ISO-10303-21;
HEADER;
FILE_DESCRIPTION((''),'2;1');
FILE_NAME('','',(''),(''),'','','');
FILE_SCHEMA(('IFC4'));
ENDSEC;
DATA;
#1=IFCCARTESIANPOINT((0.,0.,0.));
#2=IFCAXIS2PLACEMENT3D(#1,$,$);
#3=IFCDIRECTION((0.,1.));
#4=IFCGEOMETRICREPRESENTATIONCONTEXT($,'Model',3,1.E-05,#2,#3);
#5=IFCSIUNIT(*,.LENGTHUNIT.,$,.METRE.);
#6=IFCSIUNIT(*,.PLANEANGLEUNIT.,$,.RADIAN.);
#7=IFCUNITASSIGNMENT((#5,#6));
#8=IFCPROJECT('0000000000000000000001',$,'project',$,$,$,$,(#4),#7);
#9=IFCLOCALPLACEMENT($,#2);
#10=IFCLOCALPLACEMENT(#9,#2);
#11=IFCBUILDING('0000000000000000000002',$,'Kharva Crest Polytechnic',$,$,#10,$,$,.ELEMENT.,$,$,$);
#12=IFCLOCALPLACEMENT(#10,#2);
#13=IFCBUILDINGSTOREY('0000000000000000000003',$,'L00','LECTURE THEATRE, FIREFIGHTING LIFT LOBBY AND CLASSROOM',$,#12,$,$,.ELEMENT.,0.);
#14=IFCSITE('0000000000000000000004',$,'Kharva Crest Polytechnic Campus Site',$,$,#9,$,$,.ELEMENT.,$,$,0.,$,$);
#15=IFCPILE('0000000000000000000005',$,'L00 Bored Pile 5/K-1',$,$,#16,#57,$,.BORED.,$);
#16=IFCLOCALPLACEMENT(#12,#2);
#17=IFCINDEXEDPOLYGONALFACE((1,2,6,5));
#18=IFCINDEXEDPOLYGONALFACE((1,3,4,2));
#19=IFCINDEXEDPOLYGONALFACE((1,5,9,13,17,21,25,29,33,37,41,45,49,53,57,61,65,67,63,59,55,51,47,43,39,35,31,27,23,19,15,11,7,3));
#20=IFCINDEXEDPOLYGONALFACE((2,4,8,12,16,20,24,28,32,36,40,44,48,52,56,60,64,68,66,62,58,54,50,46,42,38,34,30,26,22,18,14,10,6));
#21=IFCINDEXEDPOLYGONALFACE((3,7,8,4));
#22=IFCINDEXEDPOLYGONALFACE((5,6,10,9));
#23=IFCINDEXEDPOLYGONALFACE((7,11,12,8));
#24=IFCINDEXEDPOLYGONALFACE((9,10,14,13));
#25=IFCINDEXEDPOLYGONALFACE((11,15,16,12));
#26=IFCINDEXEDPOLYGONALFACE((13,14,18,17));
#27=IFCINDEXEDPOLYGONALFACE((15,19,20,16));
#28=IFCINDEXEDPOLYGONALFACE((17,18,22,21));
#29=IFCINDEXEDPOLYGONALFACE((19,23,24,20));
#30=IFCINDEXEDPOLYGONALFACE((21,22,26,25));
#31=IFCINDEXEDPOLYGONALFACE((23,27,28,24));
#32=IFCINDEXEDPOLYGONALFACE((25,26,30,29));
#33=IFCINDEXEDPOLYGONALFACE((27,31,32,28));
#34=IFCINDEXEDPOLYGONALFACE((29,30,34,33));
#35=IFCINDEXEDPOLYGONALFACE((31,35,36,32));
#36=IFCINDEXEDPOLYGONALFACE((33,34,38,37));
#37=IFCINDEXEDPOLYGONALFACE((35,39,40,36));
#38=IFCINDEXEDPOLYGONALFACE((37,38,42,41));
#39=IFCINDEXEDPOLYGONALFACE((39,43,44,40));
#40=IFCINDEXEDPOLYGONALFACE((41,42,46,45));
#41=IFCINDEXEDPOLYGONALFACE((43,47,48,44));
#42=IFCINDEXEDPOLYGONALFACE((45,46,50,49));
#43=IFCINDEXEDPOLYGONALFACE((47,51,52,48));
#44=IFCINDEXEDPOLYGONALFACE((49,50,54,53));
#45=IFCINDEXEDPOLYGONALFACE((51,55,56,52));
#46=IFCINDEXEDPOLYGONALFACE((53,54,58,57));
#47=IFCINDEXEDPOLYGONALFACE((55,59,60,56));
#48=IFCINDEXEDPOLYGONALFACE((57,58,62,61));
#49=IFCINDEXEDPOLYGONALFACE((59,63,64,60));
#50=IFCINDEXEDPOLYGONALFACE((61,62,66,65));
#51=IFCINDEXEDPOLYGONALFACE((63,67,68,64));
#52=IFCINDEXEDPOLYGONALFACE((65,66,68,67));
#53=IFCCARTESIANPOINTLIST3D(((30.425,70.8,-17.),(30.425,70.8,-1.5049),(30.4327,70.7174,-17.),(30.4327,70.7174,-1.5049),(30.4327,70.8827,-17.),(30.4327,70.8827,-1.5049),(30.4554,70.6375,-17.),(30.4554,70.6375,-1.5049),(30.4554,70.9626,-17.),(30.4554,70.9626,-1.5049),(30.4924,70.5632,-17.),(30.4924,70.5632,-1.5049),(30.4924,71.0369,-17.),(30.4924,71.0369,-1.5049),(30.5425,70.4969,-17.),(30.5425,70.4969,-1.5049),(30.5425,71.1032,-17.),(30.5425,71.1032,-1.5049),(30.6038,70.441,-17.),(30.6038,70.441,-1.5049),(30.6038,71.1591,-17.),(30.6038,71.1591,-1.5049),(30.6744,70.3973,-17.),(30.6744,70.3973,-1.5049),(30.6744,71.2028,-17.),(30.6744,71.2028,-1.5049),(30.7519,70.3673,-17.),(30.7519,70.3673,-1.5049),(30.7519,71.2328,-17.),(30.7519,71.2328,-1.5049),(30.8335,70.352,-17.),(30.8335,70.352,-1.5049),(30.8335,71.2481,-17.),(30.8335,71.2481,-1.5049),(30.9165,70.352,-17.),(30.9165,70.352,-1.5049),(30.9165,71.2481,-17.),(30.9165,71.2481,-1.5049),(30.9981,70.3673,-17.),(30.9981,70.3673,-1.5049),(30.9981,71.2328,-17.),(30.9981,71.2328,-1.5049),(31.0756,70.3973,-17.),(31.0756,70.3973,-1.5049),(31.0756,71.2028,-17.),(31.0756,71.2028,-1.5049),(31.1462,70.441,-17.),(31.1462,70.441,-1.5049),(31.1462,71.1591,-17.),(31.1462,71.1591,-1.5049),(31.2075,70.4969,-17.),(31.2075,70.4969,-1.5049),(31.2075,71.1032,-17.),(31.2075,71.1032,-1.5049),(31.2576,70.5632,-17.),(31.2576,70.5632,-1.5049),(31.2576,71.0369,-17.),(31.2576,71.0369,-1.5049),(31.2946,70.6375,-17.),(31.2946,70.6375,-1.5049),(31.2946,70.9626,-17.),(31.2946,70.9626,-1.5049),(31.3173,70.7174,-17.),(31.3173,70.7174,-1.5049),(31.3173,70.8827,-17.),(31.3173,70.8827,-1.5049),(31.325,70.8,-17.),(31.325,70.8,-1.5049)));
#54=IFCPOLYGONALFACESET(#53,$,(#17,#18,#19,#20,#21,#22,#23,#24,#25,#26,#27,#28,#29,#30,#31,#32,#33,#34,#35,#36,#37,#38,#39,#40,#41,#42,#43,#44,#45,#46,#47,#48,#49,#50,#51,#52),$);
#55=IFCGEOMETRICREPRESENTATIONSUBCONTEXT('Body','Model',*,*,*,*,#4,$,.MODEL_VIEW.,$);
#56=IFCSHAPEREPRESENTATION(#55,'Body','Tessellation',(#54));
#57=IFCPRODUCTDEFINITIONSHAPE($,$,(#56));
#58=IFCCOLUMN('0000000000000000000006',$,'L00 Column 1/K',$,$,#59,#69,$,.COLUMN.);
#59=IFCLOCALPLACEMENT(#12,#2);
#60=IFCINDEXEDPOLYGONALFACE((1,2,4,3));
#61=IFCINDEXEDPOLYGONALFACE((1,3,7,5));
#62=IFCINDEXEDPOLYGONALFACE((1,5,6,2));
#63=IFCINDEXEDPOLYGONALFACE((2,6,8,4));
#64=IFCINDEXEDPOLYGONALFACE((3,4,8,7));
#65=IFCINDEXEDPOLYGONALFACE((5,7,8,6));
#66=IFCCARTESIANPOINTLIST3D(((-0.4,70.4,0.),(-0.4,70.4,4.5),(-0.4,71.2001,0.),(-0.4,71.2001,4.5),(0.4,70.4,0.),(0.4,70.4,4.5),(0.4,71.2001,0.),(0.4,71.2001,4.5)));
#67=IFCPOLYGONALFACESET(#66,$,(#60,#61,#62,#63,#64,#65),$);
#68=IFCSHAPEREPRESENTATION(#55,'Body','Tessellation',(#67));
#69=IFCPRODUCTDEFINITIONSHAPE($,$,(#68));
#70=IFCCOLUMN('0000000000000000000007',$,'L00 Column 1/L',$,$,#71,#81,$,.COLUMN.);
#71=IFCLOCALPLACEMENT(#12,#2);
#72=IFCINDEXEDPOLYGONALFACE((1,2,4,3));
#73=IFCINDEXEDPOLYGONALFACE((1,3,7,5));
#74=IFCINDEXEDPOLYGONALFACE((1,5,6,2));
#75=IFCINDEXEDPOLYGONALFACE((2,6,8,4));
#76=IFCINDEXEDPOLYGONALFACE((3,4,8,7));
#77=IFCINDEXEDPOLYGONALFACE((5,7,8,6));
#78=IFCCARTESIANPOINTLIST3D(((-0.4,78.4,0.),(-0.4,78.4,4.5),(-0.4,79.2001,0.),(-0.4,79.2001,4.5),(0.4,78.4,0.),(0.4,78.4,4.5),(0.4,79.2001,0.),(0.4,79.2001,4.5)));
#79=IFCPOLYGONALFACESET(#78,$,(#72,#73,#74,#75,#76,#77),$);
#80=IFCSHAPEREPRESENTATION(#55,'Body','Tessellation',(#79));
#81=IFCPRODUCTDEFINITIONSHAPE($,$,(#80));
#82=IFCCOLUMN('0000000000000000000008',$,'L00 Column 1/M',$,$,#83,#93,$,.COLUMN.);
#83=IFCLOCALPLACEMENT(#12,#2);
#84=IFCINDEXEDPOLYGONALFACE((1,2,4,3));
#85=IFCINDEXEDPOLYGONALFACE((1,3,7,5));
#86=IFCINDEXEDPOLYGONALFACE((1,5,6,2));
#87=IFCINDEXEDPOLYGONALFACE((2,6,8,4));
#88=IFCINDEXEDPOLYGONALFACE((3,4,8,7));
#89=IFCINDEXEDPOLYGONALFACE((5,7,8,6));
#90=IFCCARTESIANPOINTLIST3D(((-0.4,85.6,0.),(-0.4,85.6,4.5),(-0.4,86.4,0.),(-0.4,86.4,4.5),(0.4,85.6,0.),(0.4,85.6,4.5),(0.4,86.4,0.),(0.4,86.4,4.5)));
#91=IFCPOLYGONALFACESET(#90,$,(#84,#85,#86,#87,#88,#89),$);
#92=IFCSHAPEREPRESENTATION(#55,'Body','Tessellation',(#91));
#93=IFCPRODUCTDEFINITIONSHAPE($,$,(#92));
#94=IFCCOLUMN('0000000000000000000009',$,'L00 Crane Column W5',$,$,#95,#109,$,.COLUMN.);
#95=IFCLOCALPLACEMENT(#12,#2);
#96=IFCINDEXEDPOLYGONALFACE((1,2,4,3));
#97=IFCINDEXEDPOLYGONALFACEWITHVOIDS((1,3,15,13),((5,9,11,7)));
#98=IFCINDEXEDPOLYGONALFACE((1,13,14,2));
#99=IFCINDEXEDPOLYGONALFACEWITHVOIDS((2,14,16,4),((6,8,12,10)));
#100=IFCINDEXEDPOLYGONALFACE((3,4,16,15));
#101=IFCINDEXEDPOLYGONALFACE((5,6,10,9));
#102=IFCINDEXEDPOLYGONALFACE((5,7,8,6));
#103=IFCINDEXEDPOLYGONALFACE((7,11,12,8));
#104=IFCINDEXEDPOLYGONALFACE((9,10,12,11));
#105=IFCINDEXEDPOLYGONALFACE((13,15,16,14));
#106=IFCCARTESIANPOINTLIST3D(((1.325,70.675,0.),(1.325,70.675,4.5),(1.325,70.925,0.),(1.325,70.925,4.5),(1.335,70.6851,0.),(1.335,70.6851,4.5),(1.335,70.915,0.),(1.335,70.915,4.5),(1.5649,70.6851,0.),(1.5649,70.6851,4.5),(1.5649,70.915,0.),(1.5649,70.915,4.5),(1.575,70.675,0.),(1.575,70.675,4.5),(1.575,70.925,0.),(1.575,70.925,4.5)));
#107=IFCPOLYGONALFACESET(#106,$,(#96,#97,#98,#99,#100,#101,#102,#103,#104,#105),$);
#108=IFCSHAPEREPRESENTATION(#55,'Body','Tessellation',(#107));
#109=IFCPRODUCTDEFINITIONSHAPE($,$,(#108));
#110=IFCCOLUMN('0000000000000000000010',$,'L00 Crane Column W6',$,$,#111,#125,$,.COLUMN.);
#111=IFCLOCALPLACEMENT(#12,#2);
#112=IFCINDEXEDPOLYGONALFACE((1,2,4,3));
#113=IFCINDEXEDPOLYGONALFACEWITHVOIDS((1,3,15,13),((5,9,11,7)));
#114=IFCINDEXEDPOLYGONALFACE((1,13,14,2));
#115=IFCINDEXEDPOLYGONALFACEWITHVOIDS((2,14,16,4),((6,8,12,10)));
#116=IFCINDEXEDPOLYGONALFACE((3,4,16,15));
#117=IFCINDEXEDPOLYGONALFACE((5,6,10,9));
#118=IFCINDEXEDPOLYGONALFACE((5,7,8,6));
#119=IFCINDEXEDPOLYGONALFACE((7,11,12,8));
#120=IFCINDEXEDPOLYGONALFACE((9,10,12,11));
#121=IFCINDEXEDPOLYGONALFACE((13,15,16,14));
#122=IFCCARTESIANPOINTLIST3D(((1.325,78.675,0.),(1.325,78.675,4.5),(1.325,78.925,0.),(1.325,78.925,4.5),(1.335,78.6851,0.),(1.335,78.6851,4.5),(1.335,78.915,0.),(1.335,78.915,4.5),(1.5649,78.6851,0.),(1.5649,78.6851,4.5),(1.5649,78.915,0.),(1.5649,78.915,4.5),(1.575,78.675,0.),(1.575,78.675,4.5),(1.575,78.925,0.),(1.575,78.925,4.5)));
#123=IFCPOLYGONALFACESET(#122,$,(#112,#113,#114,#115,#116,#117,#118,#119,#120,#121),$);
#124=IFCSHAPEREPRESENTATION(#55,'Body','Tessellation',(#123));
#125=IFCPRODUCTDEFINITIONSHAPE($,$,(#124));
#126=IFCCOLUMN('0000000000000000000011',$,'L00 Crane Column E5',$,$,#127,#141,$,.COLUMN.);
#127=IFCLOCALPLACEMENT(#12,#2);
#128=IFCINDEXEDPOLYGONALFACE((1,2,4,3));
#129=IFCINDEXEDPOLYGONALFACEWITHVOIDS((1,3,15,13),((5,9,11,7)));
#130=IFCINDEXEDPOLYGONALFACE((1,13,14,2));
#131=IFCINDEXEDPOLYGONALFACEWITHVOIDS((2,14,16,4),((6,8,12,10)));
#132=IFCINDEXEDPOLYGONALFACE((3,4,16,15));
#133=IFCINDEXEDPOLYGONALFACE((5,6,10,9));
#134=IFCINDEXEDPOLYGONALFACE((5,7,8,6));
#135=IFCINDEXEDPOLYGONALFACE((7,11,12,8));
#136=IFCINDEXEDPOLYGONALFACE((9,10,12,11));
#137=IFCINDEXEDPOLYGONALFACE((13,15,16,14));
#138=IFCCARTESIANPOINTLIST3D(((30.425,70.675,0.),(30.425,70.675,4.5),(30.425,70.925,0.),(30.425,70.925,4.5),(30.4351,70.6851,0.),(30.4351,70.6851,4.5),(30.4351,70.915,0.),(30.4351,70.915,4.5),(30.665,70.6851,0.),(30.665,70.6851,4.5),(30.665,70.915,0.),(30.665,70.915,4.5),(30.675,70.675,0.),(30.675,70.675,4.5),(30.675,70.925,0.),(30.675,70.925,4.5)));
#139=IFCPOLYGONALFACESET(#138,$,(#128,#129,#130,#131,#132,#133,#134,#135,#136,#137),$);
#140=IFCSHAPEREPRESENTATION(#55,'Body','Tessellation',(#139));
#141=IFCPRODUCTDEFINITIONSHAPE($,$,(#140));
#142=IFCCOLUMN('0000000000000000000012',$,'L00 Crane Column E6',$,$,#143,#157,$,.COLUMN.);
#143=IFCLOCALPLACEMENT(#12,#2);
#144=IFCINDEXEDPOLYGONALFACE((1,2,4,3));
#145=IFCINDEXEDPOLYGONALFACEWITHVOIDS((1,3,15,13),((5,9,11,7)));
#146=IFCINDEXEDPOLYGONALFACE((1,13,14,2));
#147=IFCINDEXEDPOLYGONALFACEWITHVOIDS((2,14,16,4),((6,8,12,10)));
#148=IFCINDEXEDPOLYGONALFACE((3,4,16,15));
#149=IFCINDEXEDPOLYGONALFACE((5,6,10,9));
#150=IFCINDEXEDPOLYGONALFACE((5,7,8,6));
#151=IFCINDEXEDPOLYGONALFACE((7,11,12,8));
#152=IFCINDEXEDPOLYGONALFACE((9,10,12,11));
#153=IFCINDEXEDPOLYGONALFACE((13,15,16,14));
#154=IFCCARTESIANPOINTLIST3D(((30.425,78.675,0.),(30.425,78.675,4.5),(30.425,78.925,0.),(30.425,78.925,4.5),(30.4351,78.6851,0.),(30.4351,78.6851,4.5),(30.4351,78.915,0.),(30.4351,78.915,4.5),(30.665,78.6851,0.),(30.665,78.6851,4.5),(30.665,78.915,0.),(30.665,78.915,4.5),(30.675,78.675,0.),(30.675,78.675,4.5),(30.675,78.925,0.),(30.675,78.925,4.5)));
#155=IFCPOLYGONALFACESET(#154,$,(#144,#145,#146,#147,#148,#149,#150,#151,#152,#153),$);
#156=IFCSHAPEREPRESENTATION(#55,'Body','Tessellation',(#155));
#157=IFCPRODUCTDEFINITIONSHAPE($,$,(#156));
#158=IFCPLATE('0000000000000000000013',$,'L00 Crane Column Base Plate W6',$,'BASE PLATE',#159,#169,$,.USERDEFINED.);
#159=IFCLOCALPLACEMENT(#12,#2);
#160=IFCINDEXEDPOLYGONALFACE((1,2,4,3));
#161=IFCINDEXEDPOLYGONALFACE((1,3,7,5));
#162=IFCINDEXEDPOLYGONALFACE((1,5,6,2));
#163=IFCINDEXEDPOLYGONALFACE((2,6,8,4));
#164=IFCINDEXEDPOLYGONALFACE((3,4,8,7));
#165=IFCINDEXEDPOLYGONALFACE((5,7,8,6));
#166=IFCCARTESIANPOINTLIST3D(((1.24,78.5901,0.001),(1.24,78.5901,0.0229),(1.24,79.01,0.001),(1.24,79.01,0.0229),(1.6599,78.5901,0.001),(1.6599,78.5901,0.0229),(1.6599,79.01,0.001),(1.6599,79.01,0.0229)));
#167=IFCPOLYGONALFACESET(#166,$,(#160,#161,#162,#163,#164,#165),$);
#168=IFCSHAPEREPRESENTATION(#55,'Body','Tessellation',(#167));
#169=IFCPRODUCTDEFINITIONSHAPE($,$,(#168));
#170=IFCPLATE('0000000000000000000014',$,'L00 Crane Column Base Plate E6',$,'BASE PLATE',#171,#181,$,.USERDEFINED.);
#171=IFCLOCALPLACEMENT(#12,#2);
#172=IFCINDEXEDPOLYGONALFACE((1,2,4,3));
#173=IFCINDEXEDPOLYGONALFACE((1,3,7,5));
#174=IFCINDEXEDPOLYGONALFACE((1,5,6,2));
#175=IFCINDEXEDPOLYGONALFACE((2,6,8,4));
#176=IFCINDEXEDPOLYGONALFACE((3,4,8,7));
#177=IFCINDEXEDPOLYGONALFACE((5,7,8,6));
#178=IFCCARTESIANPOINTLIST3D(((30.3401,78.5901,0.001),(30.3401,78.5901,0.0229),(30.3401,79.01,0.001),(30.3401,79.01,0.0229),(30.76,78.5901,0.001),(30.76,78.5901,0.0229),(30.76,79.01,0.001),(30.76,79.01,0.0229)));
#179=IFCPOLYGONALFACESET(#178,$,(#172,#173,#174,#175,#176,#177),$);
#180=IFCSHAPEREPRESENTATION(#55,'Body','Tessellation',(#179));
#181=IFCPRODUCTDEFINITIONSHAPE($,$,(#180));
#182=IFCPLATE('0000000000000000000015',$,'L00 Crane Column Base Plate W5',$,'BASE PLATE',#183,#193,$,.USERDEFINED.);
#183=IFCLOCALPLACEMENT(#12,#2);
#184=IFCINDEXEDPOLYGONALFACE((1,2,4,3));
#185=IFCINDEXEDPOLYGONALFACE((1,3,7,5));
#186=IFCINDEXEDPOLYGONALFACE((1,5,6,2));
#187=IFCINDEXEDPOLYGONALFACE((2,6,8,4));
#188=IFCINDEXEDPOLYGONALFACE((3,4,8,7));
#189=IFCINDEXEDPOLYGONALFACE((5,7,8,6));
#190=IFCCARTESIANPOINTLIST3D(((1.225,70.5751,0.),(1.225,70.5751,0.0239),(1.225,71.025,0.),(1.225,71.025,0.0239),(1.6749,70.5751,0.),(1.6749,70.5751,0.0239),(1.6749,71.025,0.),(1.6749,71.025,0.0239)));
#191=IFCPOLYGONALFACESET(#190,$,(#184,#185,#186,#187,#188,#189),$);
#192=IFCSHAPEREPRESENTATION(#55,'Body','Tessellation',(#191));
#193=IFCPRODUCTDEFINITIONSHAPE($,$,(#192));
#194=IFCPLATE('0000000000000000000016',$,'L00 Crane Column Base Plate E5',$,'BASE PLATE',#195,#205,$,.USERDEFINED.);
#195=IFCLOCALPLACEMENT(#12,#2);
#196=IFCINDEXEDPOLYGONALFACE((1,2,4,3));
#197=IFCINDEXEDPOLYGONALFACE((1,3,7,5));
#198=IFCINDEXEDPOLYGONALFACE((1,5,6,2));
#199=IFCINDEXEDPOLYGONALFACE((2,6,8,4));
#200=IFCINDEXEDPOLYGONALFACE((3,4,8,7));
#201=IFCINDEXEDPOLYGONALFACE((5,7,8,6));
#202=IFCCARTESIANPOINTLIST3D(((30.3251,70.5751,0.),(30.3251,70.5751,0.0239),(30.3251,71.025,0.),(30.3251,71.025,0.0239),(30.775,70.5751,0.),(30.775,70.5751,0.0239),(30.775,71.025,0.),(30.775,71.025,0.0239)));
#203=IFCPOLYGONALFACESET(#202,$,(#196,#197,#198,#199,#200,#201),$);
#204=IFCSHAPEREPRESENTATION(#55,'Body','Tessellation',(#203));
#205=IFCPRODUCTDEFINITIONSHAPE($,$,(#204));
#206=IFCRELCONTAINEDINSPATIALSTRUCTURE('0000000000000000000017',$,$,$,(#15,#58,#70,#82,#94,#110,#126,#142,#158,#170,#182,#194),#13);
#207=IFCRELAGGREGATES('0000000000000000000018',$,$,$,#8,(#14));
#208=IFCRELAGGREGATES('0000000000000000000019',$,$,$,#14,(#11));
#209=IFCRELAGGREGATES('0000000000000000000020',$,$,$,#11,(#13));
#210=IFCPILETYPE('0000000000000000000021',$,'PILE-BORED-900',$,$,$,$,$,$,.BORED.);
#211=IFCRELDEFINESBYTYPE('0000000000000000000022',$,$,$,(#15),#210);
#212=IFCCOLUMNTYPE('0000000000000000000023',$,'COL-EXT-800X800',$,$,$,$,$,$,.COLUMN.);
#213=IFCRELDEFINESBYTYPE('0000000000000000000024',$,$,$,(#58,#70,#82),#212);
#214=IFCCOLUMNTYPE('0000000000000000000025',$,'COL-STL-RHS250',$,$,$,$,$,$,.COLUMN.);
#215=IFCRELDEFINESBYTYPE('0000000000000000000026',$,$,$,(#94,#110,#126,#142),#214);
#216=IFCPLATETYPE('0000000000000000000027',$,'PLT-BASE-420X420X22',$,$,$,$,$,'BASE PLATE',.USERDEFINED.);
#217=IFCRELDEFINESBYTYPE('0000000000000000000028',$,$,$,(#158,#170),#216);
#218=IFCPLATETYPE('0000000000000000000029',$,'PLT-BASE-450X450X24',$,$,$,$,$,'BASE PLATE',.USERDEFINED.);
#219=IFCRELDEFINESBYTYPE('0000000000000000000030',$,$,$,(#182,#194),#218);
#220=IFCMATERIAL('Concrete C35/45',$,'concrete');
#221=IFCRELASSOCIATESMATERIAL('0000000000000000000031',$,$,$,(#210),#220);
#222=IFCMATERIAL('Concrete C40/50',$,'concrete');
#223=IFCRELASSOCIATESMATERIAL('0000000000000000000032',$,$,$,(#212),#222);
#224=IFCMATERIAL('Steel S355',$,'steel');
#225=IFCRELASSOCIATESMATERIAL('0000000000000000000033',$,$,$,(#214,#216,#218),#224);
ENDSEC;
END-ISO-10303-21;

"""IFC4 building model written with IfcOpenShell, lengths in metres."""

from ifc_helpers import new_model, si_unit, direction, frame, origin, origin_2d, place, context, subcontext, project, spatial, rectangle, hollow_rectangle, circle, extrude, material, material_profile, profile_set, type_object, element, save


model = new_model("IFC4")

# Units and contexts
model_context = context("Model", 3, precision=1e-05, world=origin(), true_north=direction((0.0, 1.0)))
body_context = subcontext(model_context, "Body", "Model", "MODEL_VIEW")
ifc_project = project(units=[si_unit("LENGTHUNIT", "METRE"), si_unit("PLANEANGLEUNIT", "RADIAN")], contexts=[model_context])

# Site, building, storey
site_placement = place(None, origin())
site = spatial("IfcSite", under=ifc_project, at=site_placement, Name="Kharva Crest Polytechnic Campus Site", CompositionType="ELEMENT", RefElevation=0.0)
building_placement = place(site_placement, origin())
building = spatial("IfcBuilding", under=site, at=building_placement, Name="Kharva Crest Polytechnic", CompositionType="ELEMENT")
storey_placement = place(building_placement, origin())
storey = spatial("IfcBuildingStorey", under=building, at=storey_placement, Name="L00", Description="LECTURE THEATRE, FIREFIGHTING LIFT LOBBY AND CLASSROOM", CompositionType="ELEMENT", Elevation=0.0)

# Shared definitions
ifc_material_1 = material(Name="Concrete C35/45", Category="concrete")

# Pile
ifc_material_profile_1 = material_profile(ifc_material_1, circle(Radius=0.45, at=origin_2d()), Name="DIA 900")
ifc_profile_set_1 = profile_set([ifc_material_profile_1], Name="Concrete C35/45")
pile_type_1 = type_object("IfcPileType", Name="PILE-BORED-900", PredefinedType="BORED", material=ifc_profile_set_1)
pile_placement = place(storey_placement, frame((30.875, 70.8, -1.5049), z_axis=(0.0, 0.0, -1.0), x_axis=(1.0, 0.0, 0.0)))
element("IfcPile", 1, at=pile_placement, inside=storey, type_object=pile_type_1, Name="L00 Bored Pile 5/K-1", PredefinedType="BORED", context=body_context, shape_type="SweptSolid", body=[
    extrude(circle(Radius=0.45, at=origin_2d()), origin(), (0.0, 0.0, 1.0), 15.4951),
])

# Columns
ifc_material_2 = material(Name="Concrete C40/50", Category="concrete")
ifc_material_profile_2 = material_profile(ifc_material_2, rectangle(XDim=0.8, YDim=0.8, at=origin_2d()), Name="RECT 800 X 800")
ifc_profile_set_2 = profile_set([ifc_material_profile_2], Name="Concrete C40/50")
column_type_1 = type_object("IfcColumnType", Name="COL-EXT-800X800", PredefinedType="COLUMN", material=ifc_profile_set_2)
for number, where, z_axis, x_axis, name in (
    (2, (0.0, 70.8, 0.0), (0.0, 0.0, 1.0), (1.0, 0.0, 0.0), "L00 Column 1/K"),
    (3, (0.0, 78.8, 0.0), (0.0, 0.0, 1.0), (1.0, 0.0, 0.0), "L00 Column 1/L"),
    (4, (0.0, 86.0, 0.0), (0.0, 0.0, 1.0), (1.0, 0.0, 0.0), "L00 Column 1/M"),
):
    element("IfcColumn", number, at=place(storey_placement, frame(where, z_axis=z_axis, x_axis=x_axis)), inside=storey, type_object=column_type_1, Name=name, PredefinedType="COLUMN", context=body_context, shape_type="SweptSolid", body=[
        extrude(rectangle(XDim=0.8, YDim=0.8, at=origin_2d()), origin(), (0.0, 0.0, 1.0), 4.5),
    ])
ifc_material_3 = material(Name="Steel S355", Category="steel")
ifc_material_profile_3 = material_profile(ifc_material_3, hollow_rectangle(XDim=0.25, YDim=0.25, WallThickness=0.01, at=origin_2d()), Name="RHS 250X250X10.0")
ifc_profile_set_3 = profile_set([ifc_material_profile_3], Name="Steel S355")
column_type_2 = type_object("IfcColumnType", Name="COL-STL-RHS250", PredefinedType="COLUMN", material=ifc_profile_set_3)
for number, where, z_axis, x_axis, name in (
    (5, (1.45, 70.8, 0.0), (0.0, 0.0, 1.0), (1.0, 0.0, 0.0), "L00 Crane Column W5"),
    (6, (1.45, 78.8, 0.0), (0.0, 0.0, 1.0), (1.0, 0.0, 0.0), "L00 Crane Column W6"),
    (7, (30.55, 70.8, 0.0), (0.0, 0.0, 1.0), (1.0, 0.0, 0.0), "L00 Crane Column E5"),
    (8, (30.55, 78.8, 0.0), (0.0, 0.0, 1.0), (1.0, 0.0, 0.0), "L00 Crane Column E6"),
):
    element("IfcColumn", number, at=place(storey_placement, frame(where, z_axis=z_axis, x_axis=x_axis)), inside=storey, type_object=column_type_2, Name=name, PredefinedType="COLUMN", context=body_context, shape_type="SweptSolid", body=[
        extrude(hollow_rectangle(XDim=0.25, YDim=0.25, WallThickness=0.01, at=origin_2d()), origin(), (0.0, 0.0, 1.0), 4.5),
    ])

# Plates
plate_type_1 = type_object("IfcPlateType", Name="PLT-BASE-420X420X22", ElementType="BASE PLATE", PredefinedType="USERDEFINED", material=ifc_material_3)
for number, where, z_axis, x_axis, name in (
    (9, (1.45, 78.8, 0.001), (0.0, 0.0, 1.0), (1.0, 0.0, 0.0), "L00 Crane Column Base Plate W6"),
    (10, (30.55, 78.8, 0.001), (0.0, 0.0, 1.0), (1.0, 0.0, 0.0), "L00 Crane Column Base Plate E6"),
):
    element("IfcPlate", number, at=place(storey_placement, frame(where, z_axis=z_axis, x_axis=x_axis)), inside=storey, type_object=plate_type_1, Name=name, ObjectType="BASE PLATE", PredefinedType="USERDEFINED", context=body_context, shape_type="SweptSolid", body=[
        extrude(rectangle(XDim=0.4199, YDim=0.4199, at=origin_2d()), origin(), (0.0, 0.0, 1.0), 0.022),
    ])
plate_type_2 = type_object("IfcPlateType", Name="PLT-BASE-450X450X24", ElementType="BASE PLATE", PredefinedType="USERDEFINED", material=ifc_material_3)
for number, where, z_axis, x_axis, name in (
    (11, (1.45, 70.8, 0.0), (0.0, 0.0, 1.0), (1.0, 0.0, 0.0), "L00 Crane Column Base Plate W5"),
    (12, (30.55, 70.8, 0.0), (0.0, 0.0, 1.0), (1.0, 0.0, 0.0), "L00 Crane Column Base Plate E5"),
):
    element("IfcPlate", number, at=place(storey_placement, frame(where, z_axis=z_axis, x_axis=x_axis)), inside=storey, type_object=plate_type_2, Name=name, ObjectType="BASE PLATE", PredefinedType="USERDEFINED", context=body_context, shape_type="SweptSolid", body=[
        extrude(rectangle(XDim=0.45, YDim=0.45, at=origin_2d()), origin(), (0.0, 0.0, 1.0), 0.0239),
    ])

save(model, "model.ifc")
